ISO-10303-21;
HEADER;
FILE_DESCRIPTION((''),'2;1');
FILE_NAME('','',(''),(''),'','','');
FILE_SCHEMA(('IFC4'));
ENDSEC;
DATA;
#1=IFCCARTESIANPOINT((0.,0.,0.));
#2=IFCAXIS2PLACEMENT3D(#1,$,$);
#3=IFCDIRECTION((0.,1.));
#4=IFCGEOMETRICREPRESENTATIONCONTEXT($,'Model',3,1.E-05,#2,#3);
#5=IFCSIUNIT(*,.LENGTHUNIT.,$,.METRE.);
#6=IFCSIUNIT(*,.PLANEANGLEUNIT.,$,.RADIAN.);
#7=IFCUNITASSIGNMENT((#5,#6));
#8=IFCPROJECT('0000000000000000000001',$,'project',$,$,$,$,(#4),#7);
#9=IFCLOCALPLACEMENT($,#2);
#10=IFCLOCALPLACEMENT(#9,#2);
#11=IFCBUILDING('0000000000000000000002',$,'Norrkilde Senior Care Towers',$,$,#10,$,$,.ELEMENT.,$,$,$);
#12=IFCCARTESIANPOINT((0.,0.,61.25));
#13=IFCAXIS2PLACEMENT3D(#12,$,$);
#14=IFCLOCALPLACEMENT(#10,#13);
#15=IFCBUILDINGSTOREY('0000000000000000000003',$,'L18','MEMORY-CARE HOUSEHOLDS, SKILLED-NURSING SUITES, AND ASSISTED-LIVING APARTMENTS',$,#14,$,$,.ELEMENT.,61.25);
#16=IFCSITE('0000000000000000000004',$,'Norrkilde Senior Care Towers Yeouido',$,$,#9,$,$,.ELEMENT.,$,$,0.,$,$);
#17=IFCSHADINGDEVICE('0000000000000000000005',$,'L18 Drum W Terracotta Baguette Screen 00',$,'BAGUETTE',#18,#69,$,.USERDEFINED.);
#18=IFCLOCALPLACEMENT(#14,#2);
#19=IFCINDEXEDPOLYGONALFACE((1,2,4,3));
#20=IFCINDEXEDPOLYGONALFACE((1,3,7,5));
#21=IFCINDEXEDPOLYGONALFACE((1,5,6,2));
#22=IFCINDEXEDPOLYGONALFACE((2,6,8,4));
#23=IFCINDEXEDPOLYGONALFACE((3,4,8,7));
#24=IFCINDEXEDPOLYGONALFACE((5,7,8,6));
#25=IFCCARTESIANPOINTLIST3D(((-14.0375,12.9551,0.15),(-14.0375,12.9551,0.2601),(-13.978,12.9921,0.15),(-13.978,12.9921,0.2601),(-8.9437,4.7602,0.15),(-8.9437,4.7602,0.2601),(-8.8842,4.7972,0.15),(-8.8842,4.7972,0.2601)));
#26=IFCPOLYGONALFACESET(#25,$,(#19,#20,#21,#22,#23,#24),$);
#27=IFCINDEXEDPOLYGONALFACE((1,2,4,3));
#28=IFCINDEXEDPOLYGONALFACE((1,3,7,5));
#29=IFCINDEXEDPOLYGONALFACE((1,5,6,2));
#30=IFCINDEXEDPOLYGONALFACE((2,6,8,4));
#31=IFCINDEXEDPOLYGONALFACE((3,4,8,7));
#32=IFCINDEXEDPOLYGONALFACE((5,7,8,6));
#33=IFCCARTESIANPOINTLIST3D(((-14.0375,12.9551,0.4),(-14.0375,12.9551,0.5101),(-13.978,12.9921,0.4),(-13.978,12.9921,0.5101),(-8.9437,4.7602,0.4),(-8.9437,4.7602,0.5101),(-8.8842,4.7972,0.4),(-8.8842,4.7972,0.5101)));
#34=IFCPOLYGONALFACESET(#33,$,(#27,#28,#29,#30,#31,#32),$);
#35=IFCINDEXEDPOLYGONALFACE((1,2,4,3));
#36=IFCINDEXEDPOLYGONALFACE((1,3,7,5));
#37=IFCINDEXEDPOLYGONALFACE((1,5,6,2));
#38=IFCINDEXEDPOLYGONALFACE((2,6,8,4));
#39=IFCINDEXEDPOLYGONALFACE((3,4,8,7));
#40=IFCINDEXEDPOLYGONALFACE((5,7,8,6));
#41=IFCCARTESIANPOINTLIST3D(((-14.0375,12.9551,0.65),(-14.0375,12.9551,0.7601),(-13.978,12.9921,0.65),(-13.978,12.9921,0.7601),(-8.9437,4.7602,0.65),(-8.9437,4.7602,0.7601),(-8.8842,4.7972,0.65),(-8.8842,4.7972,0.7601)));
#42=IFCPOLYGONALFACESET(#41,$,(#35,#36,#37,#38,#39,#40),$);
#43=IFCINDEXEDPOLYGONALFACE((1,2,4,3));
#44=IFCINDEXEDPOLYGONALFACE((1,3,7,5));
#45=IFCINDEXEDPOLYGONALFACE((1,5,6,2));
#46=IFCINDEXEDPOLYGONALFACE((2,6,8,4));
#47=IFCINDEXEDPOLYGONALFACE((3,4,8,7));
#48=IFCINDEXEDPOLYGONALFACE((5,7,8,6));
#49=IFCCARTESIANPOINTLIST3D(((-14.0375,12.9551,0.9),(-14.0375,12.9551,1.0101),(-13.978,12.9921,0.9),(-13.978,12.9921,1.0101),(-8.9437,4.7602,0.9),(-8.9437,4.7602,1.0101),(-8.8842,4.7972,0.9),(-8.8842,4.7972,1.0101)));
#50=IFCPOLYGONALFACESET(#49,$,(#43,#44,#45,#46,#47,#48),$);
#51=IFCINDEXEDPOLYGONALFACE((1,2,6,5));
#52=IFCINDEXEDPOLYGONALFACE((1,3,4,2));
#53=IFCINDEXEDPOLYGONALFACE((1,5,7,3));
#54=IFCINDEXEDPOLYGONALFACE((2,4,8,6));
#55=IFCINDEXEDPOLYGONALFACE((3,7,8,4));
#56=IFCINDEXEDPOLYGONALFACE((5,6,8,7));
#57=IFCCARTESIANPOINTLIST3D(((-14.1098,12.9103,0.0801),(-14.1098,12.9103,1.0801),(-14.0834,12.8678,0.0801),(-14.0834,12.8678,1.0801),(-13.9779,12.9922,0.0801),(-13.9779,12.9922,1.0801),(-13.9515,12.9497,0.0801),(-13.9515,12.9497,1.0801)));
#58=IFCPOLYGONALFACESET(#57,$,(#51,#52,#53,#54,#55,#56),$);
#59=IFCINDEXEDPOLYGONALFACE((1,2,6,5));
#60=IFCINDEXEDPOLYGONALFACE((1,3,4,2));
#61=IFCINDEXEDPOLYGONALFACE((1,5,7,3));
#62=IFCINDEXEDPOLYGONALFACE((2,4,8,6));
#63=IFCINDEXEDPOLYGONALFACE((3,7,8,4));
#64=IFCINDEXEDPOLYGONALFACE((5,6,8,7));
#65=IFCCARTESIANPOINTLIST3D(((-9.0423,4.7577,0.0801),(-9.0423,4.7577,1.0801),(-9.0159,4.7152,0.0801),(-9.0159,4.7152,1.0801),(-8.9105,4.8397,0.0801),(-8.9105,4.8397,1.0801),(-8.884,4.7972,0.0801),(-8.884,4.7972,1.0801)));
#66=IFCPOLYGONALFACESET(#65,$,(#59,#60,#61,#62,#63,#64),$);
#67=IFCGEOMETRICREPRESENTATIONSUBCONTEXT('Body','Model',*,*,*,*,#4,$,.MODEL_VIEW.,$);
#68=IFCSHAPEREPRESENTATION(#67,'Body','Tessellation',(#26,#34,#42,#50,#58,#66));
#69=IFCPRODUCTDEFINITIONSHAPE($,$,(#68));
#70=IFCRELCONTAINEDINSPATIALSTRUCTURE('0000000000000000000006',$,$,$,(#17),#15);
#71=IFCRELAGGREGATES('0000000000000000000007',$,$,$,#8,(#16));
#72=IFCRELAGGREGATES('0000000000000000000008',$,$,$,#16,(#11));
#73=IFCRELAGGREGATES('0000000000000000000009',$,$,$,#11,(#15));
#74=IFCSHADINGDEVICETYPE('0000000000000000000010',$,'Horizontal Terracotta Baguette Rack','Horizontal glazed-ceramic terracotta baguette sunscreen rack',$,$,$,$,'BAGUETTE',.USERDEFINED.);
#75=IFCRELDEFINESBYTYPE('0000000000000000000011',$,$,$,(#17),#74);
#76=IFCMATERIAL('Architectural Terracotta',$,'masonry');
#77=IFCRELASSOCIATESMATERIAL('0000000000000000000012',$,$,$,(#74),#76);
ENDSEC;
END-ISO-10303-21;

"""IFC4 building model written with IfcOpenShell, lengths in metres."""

from ifc_helpers import new_model, si_unit, direction, frame, origin, origin_2d, place, context, subcontext, project, spatial, rectangle, extrude, source, transform, mapped, material, type_object, type_shapes, element, save


model = new_model("IFC4")

# Units and contexts
model_context = context("Model", 3, precision=1e-05, world=origin(), true_north=direction((0.0, 1.0)))
body_context = subcontext(model_context, "Body", "Model", "MODEL_VIEW")
ifc_project = project(units=[si_unit("LENGTHUNIT", "METRE"), si_unit("PLANEANGLEUNIT", "RADIAN")], contexts=[model_context])

# Site, building, storey
site_placement = place(None, origin())
site = spatial("IfcSite", under=ifc_project, at=site_placement, Name="Norrkilde Senior Care Towers Yeouido", CompositionType="ELEMENT", RefElevation=0.0)
building_placement = place(site_placement, origin())
building = spatial("IfcBuilding", under=site, at=building_placement, Name="Norrkilde Senior Care Towers", CompositionType="ELEMENT")
storey_placement = place(building_placement, frame((0.0, 0.0, 61.25)))
storey = spatial("IfcBuildingStorey", under=building, at=storey_placement, Name="L18", Description="MEMORY-CARE HOUSEHOLDS, SKILLED-NURSING SUITES, AND ASSISTED-LIVING APARTMENTS", CompositionType="ELEMENT", Elevation=61.25)

# Shading device
ifc_material_1 = material(Name="Architectural Terracotta", Category="masonry")
shading_device_type = type_object("IfcShadingDeviceType", Name="Horizontal Terracotta Baguette Rack", Description="Horizontal glazed-ceramic terracotta baguette sunscreen rack", ElementType="BAGUETTE", PredefinedType="USERDEFINED", material=ifc_material_1)
shared_shape_1 = source(origin(), body_context, "Body", "SweptSolid", [
    extrude(rectangle(XDim=0.0701, YDim=0.1101, at=origin_2d()), frame((0.0, 0.0901, 0.125), z_axis=(1.0, 0.0, 0.0), x_axis=(0.0, 1.0, 0.0)), (0.0, 0.0, 1.0), 9.6489),
    extrude(rectangle(XDim=0.0701, YDim=0.1101, at=origin_2d()), frame((0.0, 0.0901, 0.375), z_axis=(1.0, 0.0, 0.0), x_axis=(0.0, 1.0, 0.0)), (0.0, 0.0, 1.0), 9.6489),
    extrude(rectangle(XDim=0.0701, YDim=0.1101, at=origin_2d()), frame((0.0, 0.0901, 0.625), z_axis=(1.0, 0.0, 0.0), x_axis=(0.0, 1.0, 0.0)), (0.0, 0.0, 1.0), 9.6489),
    extrude(rectangle(XDim=0.0701, YDim=0.1101, at=origin_2d()), frame((0.0, 0.0901, 0.875), z_axis=(1.0, 0.0, 0.0), x_axis=(0.0, 1.0, 0.0)), (0.0, 0.0, 1.0), 9.6489),
    extrude(rectangle(XDim=0.05, YDim=0.1553, at=origin_2d()), frame((0.0249, 0.0476, 0.0)), (0.0, 0.0, 1.0), 1.0),
    extrude(rectangle(XDim=0.05, YDim=0.1553, at=origin_2d()), frame((9.624, 0.0476, 0.0)), (0.0, 0.0, 1.0), 1.0),
])
type_shapes(shading_device_type, [shared_shape_1])
shading_device_placement = place(storey_placement, frame((-14.0842, 12.926, 0.0801), z_axis=(0.0, 0.0, 1.0), x_axis=(0.527909, -0.849299, 0.0)))
element("IfcShadingDevice", 1, at=shading_device_placement, inside=storey, type_object=shading_device_type, Name="L18 Drum W Terracotta Baguette Screen 00", ObjectType="BAGUETTE", PredefinedType="USERDEFINED", context=body_context, shape_type="MappedRepresentation", body=[
    mapped(shared_shape_1, transform((0.0, 0.0, 0.0), x_axis=(1.0, 0.0, 0.0), y_axis=(0.0, 1.0, 0.0), z_axis=(0.0, 0.0, 1.0), scale=1.0)),
])

save(model, "model.ifc")
